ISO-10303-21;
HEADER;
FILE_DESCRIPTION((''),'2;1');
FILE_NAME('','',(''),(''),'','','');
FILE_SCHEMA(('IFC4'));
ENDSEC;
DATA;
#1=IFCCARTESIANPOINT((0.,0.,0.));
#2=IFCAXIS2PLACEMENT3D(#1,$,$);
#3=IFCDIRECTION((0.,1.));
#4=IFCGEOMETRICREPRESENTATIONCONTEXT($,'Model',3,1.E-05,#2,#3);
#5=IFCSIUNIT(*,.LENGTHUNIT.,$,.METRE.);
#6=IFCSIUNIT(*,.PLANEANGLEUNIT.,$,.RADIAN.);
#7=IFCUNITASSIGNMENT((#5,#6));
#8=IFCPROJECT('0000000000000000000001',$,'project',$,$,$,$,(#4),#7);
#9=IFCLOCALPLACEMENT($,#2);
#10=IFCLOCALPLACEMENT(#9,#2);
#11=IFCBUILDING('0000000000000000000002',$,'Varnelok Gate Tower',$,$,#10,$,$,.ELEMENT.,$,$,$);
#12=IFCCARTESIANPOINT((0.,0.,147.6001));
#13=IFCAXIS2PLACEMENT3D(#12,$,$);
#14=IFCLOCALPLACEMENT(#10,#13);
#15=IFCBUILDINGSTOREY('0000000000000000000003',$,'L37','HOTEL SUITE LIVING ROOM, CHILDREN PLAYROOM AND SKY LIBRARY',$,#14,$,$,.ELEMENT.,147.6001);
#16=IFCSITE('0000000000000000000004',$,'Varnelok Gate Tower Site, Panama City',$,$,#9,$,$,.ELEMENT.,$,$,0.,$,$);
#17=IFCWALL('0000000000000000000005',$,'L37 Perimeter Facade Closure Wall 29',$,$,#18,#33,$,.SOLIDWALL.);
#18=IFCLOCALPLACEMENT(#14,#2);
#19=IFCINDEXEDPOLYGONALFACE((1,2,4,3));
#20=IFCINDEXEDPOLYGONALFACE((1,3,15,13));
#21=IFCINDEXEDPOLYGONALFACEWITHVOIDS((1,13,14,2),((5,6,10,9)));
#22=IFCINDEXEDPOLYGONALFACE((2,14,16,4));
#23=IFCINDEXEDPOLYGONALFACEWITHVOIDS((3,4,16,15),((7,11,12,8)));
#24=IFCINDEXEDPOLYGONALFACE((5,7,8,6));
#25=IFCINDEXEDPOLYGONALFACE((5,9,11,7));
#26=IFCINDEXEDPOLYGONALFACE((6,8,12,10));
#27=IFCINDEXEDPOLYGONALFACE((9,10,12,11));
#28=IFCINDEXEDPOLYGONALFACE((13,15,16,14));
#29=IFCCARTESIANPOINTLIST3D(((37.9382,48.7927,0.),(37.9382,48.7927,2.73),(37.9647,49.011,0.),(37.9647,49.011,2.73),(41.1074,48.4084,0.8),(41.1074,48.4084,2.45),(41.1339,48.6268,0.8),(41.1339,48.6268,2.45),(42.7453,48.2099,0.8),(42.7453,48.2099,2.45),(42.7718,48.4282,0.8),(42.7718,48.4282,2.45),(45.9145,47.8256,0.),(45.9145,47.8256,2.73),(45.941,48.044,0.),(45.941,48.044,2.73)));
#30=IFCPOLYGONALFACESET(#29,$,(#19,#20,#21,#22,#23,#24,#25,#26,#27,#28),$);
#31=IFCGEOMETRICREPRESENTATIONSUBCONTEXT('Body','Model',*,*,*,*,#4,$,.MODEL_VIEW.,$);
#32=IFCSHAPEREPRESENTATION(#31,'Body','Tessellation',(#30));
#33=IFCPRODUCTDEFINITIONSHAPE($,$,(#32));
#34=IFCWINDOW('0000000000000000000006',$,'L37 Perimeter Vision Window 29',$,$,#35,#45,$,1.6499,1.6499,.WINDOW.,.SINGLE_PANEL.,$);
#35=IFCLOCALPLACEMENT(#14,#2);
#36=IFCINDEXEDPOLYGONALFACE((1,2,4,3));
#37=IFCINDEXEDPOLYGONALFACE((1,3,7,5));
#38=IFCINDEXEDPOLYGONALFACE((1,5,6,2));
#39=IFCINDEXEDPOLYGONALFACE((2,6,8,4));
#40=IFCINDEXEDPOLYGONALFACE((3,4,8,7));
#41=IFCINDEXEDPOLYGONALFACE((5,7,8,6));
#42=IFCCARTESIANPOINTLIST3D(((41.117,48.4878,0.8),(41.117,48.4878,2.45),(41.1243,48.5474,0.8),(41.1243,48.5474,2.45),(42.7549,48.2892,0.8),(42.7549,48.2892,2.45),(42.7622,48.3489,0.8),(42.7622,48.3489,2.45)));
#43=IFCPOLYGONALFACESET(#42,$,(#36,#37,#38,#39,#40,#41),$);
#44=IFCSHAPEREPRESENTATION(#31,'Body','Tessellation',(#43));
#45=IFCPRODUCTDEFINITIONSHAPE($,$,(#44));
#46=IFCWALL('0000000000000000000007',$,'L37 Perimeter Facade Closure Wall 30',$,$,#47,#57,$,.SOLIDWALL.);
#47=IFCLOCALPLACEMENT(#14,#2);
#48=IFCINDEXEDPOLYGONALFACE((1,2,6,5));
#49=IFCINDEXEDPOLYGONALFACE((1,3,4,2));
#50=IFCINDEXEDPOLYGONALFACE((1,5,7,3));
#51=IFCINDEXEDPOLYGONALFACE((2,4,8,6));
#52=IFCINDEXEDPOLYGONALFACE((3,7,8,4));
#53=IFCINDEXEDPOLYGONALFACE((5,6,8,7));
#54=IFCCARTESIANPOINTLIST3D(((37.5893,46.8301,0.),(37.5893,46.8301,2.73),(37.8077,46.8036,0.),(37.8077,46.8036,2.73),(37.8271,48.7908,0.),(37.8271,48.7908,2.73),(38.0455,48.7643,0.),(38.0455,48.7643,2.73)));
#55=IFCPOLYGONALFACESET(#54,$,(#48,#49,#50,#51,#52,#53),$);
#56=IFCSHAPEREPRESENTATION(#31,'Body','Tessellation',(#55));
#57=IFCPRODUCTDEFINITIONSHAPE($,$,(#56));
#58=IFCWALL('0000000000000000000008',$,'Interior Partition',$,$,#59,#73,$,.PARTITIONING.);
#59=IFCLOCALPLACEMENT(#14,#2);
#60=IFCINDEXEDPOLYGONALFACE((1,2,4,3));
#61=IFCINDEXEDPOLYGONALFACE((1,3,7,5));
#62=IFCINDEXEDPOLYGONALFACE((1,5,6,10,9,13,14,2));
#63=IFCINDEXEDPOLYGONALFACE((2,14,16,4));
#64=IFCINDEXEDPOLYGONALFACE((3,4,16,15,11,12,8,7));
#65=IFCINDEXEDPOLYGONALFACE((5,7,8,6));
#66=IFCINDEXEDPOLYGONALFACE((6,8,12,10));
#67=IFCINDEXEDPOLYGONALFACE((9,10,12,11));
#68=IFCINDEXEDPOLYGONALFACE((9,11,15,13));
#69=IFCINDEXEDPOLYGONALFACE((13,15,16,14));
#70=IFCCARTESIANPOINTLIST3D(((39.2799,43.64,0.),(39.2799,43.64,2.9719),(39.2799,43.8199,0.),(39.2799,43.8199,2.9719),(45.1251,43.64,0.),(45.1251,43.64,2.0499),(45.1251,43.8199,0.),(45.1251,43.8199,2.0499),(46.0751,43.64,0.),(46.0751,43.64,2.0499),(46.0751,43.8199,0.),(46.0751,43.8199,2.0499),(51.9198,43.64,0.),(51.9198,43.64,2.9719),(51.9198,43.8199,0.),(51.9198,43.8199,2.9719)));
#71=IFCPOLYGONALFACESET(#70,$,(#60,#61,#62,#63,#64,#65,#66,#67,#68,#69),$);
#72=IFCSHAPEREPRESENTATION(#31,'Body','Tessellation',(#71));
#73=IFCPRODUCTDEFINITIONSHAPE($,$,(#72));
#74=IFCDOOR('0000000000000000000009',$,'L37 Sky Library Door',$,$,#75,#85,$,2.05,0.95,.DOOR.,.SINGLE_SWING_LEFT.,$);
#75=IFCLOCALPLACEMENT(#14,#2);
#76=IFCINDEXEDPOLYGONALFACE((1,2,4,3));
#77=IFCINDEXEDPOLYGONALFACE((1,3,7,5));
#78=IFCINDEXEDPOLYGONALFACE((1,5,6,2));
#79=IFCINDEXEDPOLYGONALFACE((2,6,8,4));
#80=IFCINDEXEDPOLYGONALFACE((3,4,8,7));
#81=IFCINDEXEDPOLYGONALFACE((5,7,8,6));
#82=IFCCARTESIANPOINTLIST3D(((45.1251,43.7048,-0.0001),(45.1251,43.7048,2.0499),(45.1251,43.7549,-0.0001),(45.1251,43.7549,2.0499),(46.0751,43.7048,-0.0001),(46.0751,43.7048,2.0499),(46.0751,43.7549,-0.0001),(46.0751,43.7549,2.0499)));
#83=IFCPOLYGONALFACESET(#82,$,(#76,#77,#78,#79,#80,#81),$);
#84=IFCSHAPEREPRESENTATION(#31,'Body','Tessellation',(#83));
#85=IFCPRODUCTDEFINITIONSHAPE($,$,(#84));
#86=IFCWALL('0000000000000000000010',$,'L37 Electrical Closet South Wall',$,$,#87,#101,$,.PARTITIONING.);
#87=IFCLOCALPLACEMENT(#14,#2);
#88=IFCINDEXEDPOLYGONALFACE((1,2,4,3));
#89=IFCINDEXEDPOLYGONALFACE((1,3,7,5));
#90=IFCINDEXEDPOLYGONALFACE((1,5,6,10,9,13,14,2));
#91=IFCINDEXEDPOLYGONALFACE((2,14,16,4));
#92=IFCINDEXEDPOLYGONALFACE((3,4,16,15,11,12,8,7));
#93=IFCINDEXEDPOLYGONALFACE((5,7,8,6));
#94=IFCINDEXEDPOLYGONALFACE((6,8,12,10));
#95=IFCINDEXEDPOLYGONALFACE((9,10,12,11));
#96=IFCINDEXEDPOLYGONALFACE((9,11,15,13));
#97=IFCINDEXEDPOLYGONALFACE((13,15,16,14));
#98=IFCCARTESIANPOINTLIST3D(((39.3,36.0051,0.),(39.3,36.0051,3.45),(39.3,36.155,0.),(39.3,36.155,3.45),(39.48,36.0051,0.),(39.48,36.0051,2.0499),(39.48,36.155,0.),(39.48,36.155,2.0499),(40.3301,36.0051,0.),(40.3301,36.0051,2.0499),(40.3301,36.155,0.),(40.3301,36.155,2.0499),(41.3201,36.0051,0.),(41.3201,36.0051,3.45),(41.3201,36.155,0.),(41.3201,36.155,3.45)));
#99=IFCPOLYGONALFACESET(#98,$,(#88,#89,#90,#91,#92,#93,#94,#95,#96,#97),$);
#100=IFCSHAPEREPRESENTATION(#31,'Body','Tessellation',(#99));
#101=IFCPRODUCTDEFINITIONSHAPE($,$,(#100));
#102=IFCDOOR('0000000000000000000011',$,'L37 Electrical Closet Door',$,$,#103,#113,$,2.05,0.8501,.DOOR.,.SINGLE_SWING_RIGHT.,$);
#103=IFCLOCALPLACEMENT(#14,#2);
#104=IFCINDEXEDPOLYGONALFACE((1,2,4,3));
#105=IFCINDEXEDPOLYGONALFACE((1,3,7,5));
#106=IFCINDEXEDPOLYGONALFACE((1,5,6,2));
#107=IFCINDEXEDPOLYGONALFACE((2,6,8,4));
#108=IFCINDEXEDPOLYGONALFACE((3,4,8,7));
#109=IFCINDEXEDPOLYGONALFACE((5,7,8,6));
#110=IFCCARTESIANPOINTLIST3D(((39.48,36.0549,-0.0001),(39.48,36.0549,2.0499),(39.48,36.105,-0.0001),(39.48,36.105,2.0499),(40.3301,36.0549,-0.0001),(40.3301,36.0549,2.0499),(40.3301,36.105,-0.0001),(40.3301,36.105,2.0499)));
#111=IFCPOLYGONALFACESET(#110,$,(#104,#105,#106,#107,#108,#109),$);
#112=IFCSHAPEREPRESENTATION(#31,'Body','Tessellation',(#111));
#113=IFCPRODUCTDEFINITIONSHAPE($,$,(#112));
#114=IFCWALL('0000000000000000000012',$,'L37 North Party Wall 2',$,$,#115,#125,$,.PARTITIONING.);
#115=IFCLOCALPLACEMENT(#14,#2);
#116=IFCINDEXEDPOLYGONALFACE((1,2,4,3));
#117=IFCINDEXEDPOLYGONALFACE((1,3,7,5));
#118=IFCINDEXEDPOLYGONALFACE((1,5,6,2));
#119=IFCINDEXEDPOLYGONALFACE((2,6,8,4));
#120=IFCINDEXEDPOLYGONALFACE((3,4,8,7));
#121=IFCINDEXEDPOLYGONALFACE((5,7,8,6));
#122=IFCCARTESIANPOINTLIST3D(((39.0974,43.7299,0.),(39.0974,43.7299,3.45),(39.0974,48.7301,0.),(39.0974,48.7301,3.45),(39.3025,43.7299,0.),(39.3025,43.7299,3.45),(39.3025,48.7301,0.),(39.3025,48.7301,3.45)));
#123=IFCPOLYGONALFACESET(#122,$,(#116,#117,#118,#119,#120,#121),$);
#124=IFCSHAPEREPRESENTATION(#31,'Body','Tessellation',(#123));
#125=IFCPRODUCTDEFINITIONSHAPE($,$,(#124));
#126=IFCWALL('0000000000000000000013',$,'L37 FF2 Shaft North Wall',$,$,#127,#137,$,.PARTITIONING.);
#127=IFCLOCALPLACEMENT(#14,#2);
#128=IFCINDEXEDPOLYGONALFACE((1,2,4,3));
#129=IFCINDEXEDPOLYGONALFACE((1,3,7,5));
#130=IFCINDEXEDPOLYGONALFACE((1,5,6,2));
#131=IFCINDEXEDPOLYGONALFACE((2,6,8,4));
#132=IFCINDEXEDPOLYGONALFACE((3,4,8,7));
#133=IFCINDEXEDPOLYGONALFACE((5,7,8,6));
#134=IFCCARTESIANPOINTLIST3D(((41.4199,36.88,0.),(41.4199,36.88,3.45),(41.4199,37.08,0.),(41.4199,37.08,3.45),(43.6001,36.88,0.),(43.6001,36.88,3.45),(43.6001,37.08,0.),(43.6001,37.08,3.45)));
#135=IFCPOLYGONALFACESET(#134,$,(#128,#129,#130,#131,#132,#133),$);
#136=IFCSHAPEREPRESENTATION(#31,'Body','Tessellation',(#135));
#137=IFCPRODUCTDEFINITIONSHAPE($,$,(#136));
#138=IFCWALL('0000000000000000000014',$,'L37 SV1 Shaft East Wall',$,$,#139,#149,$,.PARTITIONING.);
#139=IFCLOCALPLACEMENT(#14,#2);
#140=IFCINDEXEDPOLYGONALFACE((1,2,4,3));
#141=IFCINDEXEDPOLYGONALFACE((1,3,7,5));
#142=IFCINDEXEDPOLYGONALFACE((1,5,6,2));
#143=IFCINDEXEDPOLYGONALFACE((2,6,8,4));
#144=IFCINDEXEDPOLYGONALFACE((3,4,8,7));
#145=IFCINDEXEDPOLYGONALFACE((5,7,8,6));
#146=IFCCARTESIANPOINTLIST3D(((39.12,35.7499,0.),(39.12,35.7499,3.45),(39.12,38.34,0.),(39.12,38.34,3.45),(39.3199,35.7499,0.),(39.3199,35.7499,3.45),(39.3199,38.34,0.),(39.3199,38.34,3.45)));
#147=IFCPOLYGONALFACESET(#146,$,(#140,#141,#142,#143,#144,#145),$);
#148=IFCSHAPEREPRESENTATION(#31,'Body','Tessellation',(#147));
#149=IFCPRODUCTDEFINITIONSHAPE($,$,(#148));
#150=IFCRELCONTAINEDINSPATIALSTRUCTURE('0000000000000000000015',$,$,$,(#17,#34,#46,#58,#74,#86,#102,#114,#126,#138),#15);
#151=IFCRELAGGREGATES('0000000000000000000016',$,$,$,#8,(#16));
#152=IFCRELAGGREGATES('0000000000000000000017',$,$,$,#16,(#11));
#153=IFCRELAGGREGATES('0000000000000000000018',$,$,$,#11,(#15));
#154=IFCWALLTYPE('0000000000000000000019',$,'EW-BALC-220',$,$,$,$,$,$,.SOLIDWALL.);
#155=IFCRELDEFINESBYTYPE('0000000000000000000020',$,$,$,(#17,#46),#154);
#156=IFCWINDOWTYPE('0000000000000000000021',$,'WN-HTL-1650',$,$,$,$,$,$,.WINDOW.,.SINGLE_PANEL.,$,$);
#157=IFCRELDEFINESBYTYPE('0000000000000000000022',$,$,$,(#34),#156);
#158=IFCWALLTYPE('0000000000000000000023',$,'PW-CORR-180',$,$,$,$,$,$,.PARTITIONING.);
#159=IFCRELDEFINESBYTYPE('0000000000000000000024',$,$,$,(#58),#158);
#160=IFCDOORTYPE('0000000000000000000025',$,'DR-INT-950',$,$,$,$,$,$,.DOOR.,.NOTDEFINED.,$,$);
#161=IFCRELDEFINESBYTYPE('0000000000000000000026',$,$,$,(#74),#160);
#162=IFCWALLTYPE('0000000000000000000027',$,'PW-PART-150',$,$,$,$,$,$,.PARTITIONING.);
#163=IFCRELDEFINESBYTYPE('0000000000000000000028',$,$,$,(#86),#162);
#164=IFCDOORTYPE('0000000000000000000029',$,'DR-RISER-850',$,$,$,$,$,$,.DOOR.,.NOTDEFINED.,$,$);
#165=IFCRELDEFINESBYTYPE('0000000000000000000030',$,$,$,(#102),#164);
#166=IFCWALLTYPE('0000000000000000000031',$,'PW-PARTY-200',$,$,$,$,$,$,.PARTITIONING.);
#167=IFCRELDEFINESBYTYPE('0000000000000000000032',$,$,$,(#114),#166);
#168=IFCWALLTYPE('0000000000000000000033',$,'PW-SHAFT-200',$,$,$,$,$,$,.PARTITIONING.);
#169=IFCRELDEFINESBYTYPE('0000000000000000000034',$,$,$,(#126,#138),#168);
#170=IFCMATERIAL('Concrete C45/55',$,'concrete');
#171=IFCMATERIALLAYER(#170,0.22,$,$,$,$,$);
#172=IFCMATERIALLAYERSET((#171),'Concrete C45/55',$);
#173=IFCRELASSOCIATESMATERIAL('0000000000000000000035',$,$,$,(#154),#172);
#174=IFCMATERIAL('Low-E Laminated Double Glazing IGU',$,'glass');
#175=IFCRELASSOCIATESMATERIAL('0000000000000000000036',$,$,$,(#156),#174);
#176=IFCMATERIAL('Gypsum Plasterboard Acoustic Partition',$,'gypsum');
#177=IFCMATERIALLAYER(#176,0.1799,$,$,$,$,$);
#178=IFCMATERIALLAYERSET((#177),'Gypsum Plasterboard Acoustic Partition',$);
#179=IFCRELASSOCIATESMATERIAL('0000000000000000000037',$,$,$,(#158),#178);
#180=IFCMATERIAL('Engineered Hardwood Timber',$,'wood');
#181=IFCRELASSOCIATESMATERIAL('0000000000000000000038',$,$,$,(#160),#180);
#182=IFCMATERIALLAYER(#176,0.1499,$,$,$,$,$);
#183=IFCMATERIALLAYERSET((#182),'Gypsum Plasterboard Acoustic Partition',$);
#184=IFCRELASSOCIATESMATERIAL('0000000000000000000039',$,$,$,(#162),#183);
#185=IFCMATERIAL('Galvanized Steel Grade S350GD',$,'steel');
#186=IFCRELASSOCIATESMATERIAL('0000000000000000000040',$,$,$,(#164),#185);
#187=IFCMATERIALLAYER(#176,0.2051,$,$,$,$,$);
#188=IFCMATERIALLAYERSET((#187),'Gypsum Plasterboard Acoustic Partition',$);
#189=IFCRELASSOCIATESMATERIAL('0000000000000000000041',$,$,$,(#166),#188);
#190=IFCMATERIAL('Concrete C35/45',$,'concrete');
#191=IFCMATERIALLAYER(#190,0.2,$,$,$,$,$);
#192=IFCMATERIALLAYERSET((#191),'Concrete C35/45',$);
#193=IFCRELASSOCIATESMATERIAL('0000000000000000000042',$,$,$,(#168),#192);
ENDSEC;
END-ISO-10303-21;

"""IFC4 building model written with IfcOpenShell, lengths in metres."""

from ifc_helpers import new_model, si_unit, direction, frame, frame_2d, origin, place, context, subcontext, project, spatial, rectangle, extrude, material, layer, layer_set, type_object, element, fill, save


model = new_model("IFC4")

# Units and contexts
model_context = context("Model", 3, precision=1e-05, world=origin(), true_north=direction((0.0, 1.0)))
body_context = subcontext(model_context, "Body", "Model", "MODEL_VIEW")
ifc_project = project(units=[si_unit("LENGTHUNIT", "METRE"), si_unit("PLANEANGLEUNIT", "RADIAN")], contexts=[model_context])

# Site, building, storey
site_placement = place(None, origin())
site = spatial("IfcSite", under=ifc_project, at=site_placement, Name="Varnelok Gate Tower Site, Panama City", CompositionType="ELEMENT", RefElevation=0.0)
building_placement = place(site_placement, origin())
building = spatial("IfcBuilding", under=site, at=building_placement, Name="Varnelok Gate Tower", CompositionType="ELEMENT")
storey_placement = place(building_placement, frame((0.0, 0.0, 147.6001)))
storey = spatial("IfcBuildingStorey", under=building, at=storey_placement, Name="L37", Description="HOTEL SUITE LIVING ROOM, CHILDREN PLAYROOM AND SKY LIBRARY", CompositionType="ELEMENT", Elevation=147.6001)

# Shared definitions
ifc_material_1 = material(Name="Concrete C45/55", Category="concrete")
ifc_layer_1 = layer(ifc_material_1, 0.22)
ifc_layer_set_1 = layer_set([ifc_layer_1], Name="Concrete C45/55")
wall_type_1 = type_object("IfcWallType", Name="EW-BALC-220", PredefinedType="SOLIDWALL", material=ifc_layer_set_1)

# Wall, opening, window
wall_1_placement = place(storey_placement, frame((45.9277, 47.9348, 0.0), z_axis=(0.0, 0.0, 1.0), x_axis=(-0.992731, 0.120358, 0.0)))
wall_1 = element("IfcWall", 1, at=wall_1_placement, inside=storey, type_object=wall_type_1, Name="L37 Perimeter Facade Closure Wall 29", PredefinedType="SOLIDWALL", context=body_context, shape_type="SweptSolid", body=[
    extrude(rectangle(XDim=8.0347, YDim=0.22, at=frame_2d((4.0173, 0.0))), origin(), (0.0, 0.0, 1.0), 2.73),
])
opening_1_placement = place(wall_1_placement, frame((3.1924, 0.0, 0.8)))
opening_1 = element("IfcOpeningElement", 2, at=opening_1_placement, cuts=wall_1, PredefinedType="OPENING", context=body_context, shape_type="SweptSolid", body=[
    extrude(rectangle(XDim=1.6499, YDim=1.6499, at=frame_2d((0.825, 0.825))), frame((0.0, 0.1199, 0.0), z_axis=(0.0, -1.0, 0.0), x_axis=(1.0, 0.0, 0.0)), (0.0, 0.0, 1.0), 0.24),
])
ifc_material_2 = material(Name="Low-E Laminated Double Glazing IGU", Category="glass")
window_type = type_object("IfcWindowType", Name="WN-HTL-1650", PartitioningType="SINGLE_PANEL", PredefinedType="WINDOW", material=ifc_material_2)
window_placement = place(opening_1_placement, origin())
window = element("IfcWindow", 3, at=window_placement, inside=storey, type_object=window_type, Name="L37 Perimeter Vision Window 29", OverallHeight=1.6499, OverallWidth=1.6499, PartitioningType="SINGLE_PANEL", PredefinedType="WINDOW", context=body_context, shape_type="SweptSolid", body=[
    extrude(rectangle(XDim=1.6499, YDim=1.6499, at=frame_2d((0.825, 0.825))), frame((0.0, 0.03, 0.0), z_axis=(0.0, -1.0, 0.0), x_axis=(1.0, 0.0, 0.0)), (0.0, 0.0, 1.0), 0.0601),
])
fill(opening_1, window)

# Wall
wall_2_placement = place(storey_placement, frame((37.9363, 48.7776, 0.0), z_axis=(0.0, 0.0, 1.0), x_axis=(-0.120398, -0.992726, 0.0)))
element("IfcWall", 4, at=wall_2_placement, inside=storey, type_object=wall_type_1, Name="L37 Perimeter Facade Closure Wall 30", PredefinedType="SOLIDWALL", context=body_context, shape_type="SweptSolid", body=[
    extrude(rectangle(XDim=1.9751, YDim=0.22, at=frame_2d((0.9875, 0.0))), origin(), (0.0, 0.0, 1.0), 2.73),
])

# Walls, openings, doors
ifc_material_3 = material(Name="Gypsum Plasterboard Acoustic Partition", Category="gypsum")
ifc_layer_2 = layer(ifc_material_3, 0.1799)
ifc_layer_set_2 = layer_set([ifc_layer_2], Name="Gypsum Plasterboard Acoustic Partition")
wall_type_2 = type_object("IfcWallType", Name="PW-CORR-180", PredefinedType="PARTITIONING", material=ifc_layer_set_2)
wall_3_placement = place(storey_placement, frame((39.28, 43.73, 0.0), z_axis=(0.0, 0.0, 1.0), x_axis=(1.0, 0.0, 0.0)))
wall_3 = element("IfcWall", 5, at=wall_3_placement, inside=storey, type_object=wall_type_2, Name="Interior Partition", PredefinedType="PARTITIONING", context=body_context, shape_type="SweptSolid", body=[
    extrude(rectangle(XDim=12.6399, YDim=0.1799, at=frame_2d((6.3198, 0.0))), origin(), (0.0, 0.0, 1.0), 2.9719),
])
opening_2_placement = place(wall_3_placement, frame((5.845, 0.0, 0.0)))
opening_2 = element("IfcOpeningElement", 6, at=opening_2_placement, cuts=wall_3, PredefinedType="OPENING", context=body_context, shape_type="SweptSolid", body=[
    extrude(rectangle(XDim=0.95, YDim=2.05, at=frame_2d((0.4751, 1.0249))), frame((0.0, 0.0999, 0.0), z_axis=(0.0, -1.0, 0.0), x_axis=(1.0, 0.0, 0.0)), (0.0, 0.0, 1.0), 0.2),
])
ifc_material_4 = material(Name="Engineered Hardwood Timber", Category="wood")
door_type_1 = type_object("IfcDoorType", Name="DR-INT-950", OperationType="NOTDEFINED", PredefinedType="DOOR", material=ifc_material_4)
door_1_placement = place(opening_2_placement, origin())
door_1 = element("IfcDoor", 7, at=door_1_placement, inside=storey, type_object=door_type_1, Name="L37 Sky Library Door", OperationType="SINGLE_SWING_LEFT", OverallHeight=2.05, OverallWidth=0.95, PredefinedType="DOOR", context=body_context, shape_type="SweptSolid", body=[
    extrude(rectangle(XDim=0.95, YDim=2.05, at=frame_2d((0.4751, 1.0249))), frame((0.0, 0.0249, 0.0), z_axis=(0.0, -1.0, 0.0), x_axis=(1.0, 0.0, 0.0)), (0.0, 0.0, 1.0), 0.05),
])
fill(opening_2, door_1)
ifc_layer_3 = layer(ifc_material_3, 0.1499)
ifc_layer_set_3 = layer_set([ifc_layer_3], Name="Gypsum Plasterboard Acoustic Partition")
wall_type_3 = type_object("IfcWallType", Name="PW-PART-150", PredefinedType="PARTITIONING", material=ifc_layer_set_3)
wall_4_placement = place(storey_placement, frame((39.3, 36.0801, 0.0), z_axis=(0.0, 0.0, 1.0), x_axis=(1.0, 0.0, 0.0)))
wall_4 = element("IfcWall", 8, at=wall_4_placement, inside=storey, type_object=wall_type_3, Name="L37 Electrical Closet South Wall", PredefinedType="PARTITIONING", context=body_context, shape_type="SweptSolid", body=[
    extrude(rectangle(XDim=2.02, YDim=0.1499, at=frame_2d((1.01, 0.0))), origin(), (0.0, 0.0, 1.0), 3.45),
])
opening_3_placement = place(wall_4_placement, frame((0.1799, 0.0, 0.0)))
opening_3 = element("IfcOpeningElement", 9, at=opening_3_placement, cuts=wall_4, PredefinedType="OPENING", context=body_context, shape_type="SweptSolid", body=[
    extrude(rectangle(XDim=0.8501, YDim=2.05, at=frame_2d((0.425, 1.0249))), frame((0.0, 0.085, 0.0), z_axis=(0.0, -1.0, 0.0), x_axis=(1.0, 0.0, 0.0)), (0.0, 0.0, 1.0), 0.1699),
])
ifc_material_5 = material(Name="Galvanized Steel Grade S350GD", Category="steel")
door_type_2 = type_object("IfcDoorType", Name="DR-RISER-850", OperationType="NOTDEFINED", PredefinedType="DOOR", material=ifc_material_5)
door_2_placement = place(opening_3_placement, origin())
door_2 = element("IfcDoor", 10, at=door_2_placement, inside=storey, type_object=door_type_2, Name="L37 Electrical Closet Door", OperationType="SINGLE_SWING_RIGHT", OverallHeight=2.05, OverallWidth=0.8501, PredefinedType="DOOR", context=body_context, shape_type="SweptSolid", body=[
    extrude(rectangle(XDim=0.8501, YDim=2.05, at=frame_2d((0.425, 1.0249))), frame((0.0, 0.0249, 0.0), z_axis=(0.0, -1.0, 0.0), x_axis=(1.0, 0.0, 0.0)), (0.0, 0.0, 1.0), 0.05),
])
fill(opening_3, door_2)

# Walls
ifc_layer_4 = layer(ifc_material_3, 0.2051)
ifc_layer_set_4 = layer_set([ifc_layer_4], Name="Gypsum Plasterboard Acoustic Partition")
wall_type_4 = type_object("IfcWallType", Name="PW-PARTY-200", PredefinedType="PARTITIONING", material=ifc_layer_set_4)
wall_5_placement = place(storey_placement, frame((39.2, 43.73, 0.0), z_axis=(0.0, 0.0, 1.0), x_axis=(0.0, 1.0, 0.0)))
element("IfcWall", 11, at=wall_5_placement, inside=storey, type_object=wall_type_4, Name="L37 North Party Wall 2", PredefinedType="PARTITIONING", context=body_context, shape_type="SweptSolid", body=[
    extrude(rectangle(XDim=5.0002, YDim=0.2051, at=frame_2d((2.5, 0.0))), origin(), (0.0, 0.0, 1.0), 3.45),
])
ifc_material_6 = material(Name="Concrete C35/45", Category="concrete")
ifc_layer_5 = layer(ifc_material_6, 0.2)
ifc_layer_set_5 = layer_set([ifc_layer_5], Name="Concrete C35/45")
wall_type_5 = type_object("IfcWallType", Name="PW-SHAFT-200", PredefinedType="PARTITIONING", material=ifc_layer_set_5)
wall_6_placement = place(storey_placement, frame((41.4199, 36.98, 0.0), z_axis=(0.0, 0.0, 1.0), x_axis=(1.0, 0.0, 0.0)))
element("IfcWall", 12, at=wall_6_placement, inside=storey, type_object=wall_type_5, Name="L37 FF2 Shaft North Wall", PredefinedType="PARTITIONING", context=body_context, shape_type="SweptSolid", body=[
    extrude(rectangle(XDim=2.1802, YDim=0.2, at=frame_2d((1.0901, 0.0))), origin(), (0.0, 0.0, 1.0), 3.45),
])
wall_7_placement = place(storey_placement, frame((39.22, 35.75, 0.0), z_axis=(0.0, 0.0, 1.0), x_axis=(0.0, 1.0, 0.0)))
element("IfcWall", 13, at=wall_7_placement, inside=storey, type_object=wall_type_5, Name="L37 SV1 Shaft East Wall", PredefinedType="PARTITIONING", context=body_context, shape_type="SweptSolid", body=[
    extrude(rectangle(XDim=2.5901, YDim=0.2, at=frame_2d((1.2949, 0.0))), origin(), (0.0, 0.0, 1.0), 3.45),
])

save(model, "model.ifc")
